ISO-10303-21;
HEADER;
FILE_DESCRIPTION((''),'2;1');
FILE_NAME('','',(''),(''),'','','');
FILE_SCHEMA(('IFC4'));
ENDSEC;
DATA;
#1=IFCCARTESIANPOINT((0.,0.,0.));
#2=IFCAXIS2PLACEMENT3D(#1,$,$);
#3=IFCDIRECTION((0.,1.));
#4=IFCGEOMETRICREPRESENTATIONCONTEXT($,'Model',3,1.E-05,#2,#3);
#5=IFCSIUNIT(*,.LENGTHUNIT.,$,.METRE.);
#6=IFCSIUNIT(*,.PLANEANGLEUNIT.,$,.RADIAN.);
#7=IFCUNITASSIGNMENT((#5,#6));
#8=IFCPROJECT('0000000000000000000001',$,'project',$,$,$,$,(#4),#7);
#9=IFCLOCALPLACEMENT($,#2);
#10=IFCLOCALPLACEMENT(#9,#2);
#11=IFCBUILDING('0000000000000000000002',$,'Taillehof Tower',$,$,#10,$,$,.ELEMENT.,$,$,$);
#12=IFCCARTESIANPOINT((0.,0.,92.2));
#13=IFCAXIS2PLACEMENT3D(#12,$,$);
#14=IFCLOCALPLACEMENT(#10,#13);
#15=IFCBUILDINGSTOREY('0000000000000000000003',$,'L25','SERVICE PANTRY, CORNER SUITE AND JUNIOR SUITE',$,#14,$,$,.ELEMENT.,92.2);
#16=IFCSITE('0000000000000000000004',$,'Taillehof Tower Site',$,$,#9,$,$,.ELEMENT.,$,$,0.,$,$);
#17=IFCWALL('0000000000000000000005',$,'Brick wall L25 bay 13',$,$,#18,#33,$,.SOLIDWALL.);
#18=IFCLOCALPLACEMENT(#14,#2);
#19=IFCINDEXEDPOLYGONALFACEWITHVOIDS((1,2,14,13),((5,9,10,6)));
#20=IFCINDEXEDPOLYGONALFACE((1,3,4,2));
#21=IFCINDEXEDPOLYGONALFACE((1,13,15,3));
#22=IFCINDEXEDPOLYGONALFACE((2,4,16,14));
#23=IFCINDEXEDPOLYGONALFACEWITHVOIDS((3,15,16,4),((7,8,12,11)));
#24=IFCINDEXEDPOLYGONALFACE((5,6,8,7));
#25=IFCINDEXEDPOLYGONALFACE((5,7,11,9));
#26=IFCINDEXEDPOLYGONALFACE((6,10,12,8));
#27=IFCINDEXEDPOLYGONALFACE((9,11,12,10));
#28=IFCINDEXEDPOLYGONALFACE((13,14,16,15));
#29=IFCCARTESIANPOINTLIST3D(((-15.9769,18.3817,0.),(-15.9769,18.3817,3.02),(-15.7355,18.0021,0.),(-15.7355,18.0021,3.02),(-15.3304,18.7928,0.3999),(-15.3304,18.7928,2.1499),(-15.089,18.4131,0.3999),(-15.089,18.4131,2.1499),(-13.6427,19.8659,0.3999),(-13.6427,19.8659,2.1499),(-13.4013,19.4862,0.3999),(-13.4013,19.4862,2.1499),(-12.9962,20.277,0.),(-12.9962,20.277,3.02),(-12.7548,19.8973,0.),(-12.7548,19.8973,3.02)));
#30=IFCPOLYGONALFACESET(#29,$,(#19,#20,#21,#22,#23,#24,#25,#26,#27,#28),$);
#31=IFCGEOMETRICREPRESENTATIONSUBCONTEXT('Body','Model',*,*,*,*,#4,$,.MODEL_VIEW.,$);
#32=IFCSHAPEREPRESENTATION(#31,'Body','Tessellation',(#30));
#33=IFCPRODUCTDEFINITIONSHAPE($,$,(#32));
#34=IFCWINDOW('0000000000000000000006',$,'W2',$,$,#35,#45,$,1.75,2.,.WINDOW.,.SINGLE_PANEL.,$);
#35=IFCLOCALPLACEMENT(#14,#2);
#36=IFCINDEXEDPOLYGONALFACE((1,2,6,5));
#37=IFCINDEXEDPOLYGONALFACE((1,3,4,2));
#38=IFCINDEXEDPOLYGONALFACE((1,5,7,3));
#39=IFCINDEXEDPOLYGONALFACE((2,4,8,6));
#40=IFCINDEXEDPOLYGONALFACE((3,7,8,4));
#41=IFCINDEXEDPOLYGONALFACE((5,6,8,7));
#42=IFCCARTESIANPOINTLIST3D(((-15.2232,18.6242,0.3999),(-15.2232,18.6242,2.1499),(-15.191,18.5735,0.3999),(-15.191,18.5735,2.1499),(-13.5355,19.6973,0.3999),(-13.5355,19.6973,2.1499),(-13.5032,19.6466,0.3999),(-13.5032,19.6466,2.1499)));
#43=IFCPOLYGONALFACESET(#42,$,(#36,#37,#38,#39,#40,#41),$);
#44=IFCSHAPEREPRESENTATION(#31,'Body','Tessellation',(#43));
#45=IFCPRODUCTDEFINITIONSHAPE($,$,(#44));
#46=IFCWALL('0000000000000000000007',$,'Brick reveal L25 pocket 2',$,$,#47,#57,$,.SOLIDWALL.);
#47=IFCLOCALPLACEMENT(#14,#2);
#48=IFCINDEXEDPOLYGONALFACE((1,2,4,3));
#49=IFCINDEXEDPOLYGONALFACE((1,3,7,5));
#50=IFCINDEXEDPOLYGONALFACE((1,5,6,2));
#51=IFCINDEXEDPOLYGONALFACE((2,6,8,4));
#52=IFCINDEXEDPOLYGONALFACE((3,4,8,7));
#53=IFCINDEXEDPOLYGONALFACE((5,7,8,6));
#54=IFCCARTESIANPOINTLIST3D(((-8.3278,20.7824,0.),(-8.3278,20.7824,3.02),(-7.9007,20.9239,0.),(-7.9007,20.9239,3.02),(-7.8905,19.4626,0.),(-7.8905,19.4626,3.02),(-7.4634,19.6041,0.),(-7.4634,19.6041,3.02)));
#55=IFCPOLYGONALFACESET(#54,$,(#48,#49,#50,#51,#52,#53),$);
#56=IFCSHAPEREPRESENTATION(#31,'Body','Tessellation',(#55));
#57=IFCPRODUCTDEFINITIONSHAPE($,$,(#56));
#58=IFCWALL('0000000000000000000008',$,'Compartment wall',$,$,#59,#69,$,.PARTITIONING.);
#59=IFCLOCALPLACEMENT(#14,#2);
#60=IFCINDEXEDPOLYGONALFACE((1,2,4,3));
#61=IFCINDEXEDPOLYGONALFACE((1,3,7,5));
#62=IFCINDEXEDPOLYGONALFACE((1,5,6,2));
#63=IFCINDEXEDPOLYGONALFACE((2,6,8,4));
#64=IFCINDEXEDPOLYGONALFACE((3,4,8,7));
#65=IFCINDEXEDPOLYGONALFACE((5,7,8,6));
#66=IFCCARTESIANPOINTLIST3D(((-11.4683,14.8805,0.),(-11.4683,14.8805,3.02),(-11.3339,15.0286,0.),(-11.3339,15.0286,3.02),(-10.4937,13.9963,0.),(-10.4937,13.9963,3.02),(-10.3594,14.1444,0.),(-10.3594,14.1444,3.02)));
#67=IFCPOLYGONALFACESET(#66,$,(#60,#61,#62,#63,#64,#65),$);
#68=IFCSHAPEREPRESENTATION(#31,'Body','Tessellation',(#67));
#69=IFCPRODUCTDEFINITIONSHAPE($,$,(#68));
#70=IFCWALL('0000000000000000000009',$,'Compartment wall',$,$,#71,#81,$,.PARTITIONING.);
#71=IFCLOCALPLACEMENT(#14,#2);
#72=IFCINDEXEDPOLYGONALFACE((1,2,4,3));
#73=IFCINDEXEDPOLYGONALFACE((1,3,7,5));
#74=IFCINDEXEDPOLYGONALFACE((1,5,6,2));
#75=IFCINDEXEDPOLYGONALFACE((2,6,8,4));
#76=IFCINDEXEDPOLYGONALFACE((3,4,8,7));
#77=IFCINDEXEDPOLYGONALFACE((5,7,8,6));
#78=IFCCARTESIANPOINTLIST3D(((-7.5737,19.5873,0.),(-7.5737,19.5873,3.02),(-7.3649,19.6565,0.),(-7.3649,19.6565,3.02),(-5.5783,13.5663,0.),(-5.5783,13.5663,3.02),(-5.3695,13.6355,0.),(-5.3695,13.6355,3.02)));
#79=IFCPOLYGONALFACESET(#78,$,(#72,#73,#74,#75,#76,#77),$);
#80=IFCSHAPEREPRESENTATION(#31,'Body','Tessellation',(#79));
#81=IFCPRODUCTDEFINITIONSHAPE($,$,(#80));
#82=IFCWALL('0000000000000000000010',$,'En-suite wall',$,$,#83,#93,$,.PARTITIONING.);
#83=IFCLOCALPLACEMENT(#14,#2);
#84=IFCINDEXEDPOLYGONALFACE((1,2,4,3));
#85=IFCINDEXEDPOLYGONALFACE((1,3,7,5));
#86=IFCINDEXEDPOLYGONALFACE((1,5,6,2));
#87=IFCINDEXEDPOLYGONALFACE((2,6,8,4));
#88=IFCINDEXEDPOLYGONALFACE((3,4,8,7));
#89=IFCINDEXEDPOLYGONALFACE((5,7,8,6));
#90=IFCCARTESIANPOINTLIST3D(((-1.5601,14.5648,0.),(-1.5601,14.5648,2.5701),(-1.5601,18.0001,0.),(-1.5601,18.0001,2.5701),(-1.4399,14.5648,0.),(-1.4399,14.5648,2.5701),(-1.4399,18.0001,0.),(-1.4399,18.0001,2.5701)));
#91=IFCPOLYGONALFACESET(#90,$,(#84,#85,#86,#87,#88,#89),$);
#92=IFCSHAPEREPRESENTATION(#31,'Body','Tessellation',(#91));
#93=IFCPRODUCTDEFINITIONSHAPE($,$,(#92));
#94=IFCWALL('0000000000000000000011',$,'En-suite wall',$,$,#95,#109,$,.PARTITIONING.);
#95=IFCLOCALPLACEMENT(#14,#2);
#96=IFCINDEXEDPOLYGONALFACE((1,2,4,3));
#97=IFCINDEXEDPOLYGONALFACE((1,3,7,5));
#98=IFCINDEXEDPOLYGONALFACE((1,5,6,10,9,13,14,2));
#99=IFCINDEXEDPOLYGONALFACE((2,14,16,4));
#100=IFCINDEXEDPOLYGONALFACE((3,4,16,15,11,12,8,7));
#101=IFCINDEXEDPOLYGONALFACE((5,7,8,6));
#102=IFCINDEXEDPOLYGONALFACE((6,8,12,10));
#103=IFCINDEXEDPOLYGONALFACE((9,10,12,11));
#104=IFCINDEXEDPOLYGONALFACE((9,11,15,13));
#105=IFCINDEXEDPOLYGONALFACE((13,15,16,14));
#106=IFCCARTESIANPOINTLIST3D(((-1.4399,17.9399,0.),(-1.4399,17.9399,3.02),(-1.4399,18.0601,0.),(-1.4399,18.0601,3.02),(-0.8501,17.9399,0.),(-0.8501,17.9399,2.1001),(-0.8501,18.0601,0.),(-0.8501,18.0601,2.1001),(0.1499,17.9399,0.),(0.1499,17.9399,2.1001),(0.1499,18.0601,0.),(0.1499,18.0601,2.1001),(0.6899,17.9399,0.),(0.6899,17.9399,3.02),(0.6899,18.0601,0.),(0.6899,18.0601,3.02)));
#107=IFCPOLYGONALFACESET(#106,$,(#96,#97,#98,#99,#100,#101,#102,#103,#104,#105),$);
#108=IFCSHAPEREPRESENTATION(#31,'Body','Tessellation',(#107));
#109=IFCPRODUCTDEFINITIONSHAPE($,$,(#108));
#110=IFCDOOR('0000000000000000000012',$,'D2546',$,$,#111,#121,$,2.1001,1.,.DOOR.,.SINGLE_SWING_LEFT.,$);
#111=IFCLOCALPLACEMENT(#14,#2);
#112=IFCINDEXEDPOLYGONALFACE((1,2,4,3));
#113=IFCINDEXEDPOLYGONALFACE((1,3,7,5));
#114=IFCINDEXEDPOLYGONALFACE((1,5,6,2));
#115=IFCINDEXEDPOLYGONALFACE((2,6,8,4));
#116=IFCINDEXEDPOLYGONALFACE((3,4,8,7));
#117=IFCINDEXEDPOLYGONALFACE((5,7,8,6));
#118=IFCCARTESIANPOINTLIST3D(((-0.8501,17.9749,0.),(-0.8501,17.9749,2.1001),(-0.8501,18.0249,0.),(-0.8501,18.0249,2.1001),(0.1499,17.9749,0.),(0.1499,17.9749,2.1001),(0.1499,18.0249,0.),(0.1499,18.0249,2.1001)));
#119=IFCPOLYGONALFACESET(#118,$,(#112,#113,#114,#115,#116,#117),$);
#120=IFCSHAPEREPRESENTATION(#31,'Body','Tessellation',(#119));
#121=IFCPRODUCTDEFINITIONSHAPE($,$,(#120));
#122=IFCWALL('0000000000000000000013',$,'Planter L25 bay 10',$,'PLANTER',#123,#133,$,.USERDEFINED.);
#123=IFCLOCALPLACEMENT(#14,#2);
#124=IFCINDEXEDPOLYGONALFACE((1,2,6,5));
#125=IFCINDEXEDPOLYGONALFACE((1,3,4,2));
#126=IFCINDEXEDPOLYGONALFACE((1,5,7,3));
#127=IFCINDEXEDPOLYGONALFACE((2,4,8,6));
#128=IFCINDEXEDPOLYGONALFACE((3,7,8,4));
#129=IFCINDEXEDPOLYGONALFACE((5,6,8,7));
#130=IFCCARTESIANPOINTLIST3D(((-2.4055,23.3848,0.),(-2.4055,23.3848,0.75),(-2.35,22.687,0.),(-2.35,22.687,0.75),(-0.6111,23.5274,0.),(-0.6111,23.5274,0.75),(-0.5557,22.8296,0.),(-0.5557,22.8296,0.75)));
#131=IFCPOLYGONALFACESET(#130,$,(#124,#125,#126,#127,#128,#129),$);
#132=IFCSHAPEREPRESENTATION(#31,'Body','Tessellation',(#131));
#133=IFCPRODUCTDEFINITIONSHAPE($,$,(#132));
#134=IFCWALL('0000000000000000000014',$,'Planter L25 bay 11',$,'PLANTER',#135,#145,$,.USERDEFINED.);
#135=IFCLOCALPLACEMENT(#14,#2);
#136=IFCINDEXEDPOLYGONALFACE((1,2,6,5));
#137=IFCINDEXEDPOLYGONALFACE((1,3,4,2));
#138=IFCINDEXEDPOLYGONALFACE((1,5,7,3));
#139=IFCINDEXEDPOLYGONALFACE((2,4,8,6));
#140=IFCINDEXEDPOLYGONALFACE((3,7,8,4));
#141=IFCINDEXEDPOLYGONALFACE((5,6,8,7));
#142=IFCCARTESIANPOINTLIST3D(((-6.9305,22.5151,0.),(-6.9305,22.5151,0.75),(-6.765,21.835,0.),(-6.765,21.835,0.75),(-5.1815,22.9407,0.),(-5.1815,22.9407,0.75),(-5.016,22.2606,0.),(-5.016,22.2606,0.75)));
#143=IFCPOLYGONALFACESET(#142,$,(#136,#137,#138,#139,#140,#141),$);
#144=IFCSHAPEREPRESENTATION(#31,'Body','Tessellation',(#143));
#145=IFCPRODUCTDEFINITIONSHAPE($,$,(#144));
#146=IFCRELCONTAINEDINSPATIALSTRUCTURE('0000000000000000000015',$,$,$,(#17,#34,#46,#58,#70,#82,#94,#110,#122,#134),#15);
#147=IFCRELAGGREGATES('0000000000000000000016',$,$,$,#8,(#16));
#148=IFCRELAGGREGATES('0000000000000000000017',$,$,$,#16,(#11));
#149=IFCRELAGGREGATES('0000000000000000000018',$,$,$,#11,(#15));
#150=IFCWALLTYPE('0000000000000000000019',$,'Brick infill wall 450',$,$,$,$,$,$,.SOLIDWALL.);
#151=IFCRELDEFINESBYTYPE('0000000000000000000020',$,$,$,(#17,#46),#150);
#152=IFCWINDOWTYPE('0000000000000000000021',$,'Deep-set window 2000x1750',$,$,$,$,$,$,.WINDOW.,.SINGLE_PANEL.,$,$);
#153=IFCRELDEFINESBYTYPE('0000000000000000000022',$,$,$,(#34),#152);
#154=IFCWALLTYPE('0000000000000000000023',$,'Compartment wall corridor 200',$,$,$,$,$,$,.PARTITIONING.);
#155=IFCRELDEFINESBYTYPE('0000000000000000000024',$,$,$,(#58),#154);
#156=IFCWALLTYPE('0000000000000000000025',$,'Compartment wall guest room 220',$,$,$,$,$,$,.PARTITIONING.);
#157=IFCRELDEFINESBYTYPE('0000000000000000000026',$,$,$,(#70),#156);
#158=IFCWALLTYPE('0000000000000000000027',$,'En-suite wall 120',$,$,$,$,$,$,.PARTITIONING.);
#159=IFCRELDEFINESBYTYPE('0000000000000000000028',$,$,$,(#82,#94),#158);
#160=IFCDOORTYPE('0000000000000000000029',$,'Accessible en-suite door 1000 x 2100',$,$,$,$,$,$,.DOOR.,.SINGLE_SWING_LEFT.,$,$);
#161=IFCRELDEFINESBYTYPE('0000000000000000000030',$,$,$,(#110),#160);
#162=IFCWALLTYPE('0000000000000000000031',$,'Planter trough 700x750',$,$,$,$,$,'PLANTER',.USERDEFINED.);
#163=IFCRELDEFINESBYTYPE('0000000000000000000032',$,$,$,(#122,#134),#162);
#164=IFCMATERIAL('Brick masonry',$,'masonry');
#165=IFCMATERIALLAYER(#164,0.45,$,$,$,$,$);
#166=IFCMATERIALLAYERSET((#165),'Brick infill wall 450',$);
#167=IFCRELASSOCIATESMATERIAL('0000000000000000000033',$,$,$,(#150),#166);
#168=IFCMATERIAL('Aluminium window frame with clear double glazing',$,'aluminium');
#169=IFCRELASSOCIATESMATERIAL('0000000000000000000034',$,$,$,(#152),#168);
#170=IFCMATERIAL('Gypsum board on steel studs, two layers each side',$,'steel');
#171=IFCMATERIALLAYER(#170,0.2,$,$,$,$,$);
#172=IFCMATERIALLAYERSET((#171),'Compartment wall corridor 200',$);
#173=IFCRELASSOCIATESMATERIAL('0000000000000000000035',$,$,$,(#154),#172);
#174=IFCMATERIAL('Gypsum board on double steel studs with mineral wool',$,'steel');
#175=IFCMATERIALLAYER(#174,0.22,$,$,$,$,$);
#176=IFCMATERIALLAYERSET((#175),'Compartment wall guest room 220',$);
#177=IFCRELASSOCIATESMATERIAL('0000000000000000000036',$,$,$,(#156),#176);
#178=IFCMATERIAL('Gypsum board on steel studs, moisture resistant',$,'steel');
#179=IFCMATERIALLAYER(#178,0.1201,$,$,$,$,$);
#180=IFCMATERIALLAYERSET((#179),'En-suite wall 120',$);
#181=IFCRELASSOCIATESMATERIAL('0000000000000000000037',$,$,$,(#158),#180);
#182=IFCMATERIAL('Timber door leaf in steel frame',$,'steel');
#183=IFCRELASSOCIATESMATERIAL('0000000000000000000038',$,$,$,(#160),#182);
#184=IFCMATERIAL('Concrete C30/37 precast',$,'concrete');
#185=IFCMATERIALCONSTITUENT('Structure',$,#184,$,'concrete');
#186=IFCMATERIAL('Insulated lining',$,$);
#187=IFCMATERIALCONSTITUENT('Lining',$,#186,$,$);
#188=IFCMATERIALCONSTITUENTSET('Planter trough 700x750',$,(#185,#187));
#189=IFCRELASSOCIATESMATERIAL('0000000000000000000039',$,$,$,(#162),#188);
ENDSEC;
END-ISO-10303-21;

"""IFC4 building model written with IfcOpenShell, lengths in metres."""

from ifc_helpers import new_model, si_unit, direction, frame, frame_2d, origin, place, context, subcontext, project, spatial, rectangle, extrude, material, layer, layer_set, constituent, constituent_set, type_object, element, fill, save


model = new_model("IFC4")

# Units and contexts
model_context = context("Model", 3, precision=1e-05, world=origin(), true_north=direction((0.0, 1.0)))
body_context = subcontext(model_context, "Body", "Model", "MODEL_VIEW")
ifc_project = project(units=[si_unit("LENGTHUNIT", "METRE"), si_unit("PLANEANGLEUNIT", "RADIAN")], contexts=[model_context])

# Site, building, storey
site_placement = place(None, origin())
site = spatial("IfcSite", under=ifc_project, at=site_placement, Name="Taillehof Tower Site", CompositionType="ELEMENT", RefElevation=0.0)
building_placement = place(site_placement, origin())
building = spatial("IfcBuilding", under=site, at=building_placement, Name="Taillehof Tower", CompositionType="ELEMENT")
storey_placement = place(building_placement, frame((0.0, 0.0, 92.2)))
storey = spatial("IfcBuildingStorey", under=building, at=storey_placement, Name="L25", Description="SERVICE PANTRY, CORNER SUITE AND JUNIOR SUITE", CompositionType="ELEMENT", Elevation=92.2)

# Wall, opening, window
ifc_material_1 = material(Name="Brick masonry", Category="masonry")
ifc_layer_1 = layer(ifc_material_1, 0.45)
ifc_layer_set_1 = layer_set([ifc_layer_1], Name="Brick infill wall 450")
wall_type_1 = type_object("IfcWallType", Name="Brick infill wall 450", PredefinedType="SOLIDWALL", material=ifc_layer_set_1)
ifc_material_2 = material(Name="Aluminium window frame with clear double glazing", Category="aluminium")
window_type_1 = type_object("IfcWindowType", Name="Deep-set window 2000x1750", PartitioningType="SINGLE_PANEL", PredefinedType="WINDOW", material=ifc_material_2)
wall_1_placement = place(storey_placement, frame((-12.8755, 20.0872, 0.0), z_axis=(0.0, 0.0, 1.0), x_axis=(-0.843861, -0.536562, 0.0)))
wall_1 = element("IfcWall", 1, at=wall_1_placement, inside=storey, type_object=wall_type_1, Name="Brick wall L25 bay 13", PredefinedType="SOLIDWALL", context=body_context, shape_type="SweptSolid", body=[
    extrude(rectangle(XDim=3.5322, YDim=0.45, at=frame_2d((1.7661, 0.0))), origin(), (0.0, 0.0, 1.0), 3.02),
])
opening_1_placement = place(wall_1_placement, frame((0.7661, 0.0, 0.3999)))
opening_1 = element("IfcOpeningElement", 2, at=opening_1_placement, cuts=wall_1, PredefinedType="OPENING", context=body_context, shape_type="SweptSolid", body=[
    extrude(rectangle(XDim=2.0, YDim=1.75, at=frame_2d((1.0, 0.875))), frame((0.0, 0.2349, 0.0), z_axis=(0.0, -1.0, 0.0), x_axis=(1.0, 0.0, 0.0)), (0.0, 0.0, 1.0), 0.47),
])
window_1_placement = place(opening_1_placement, origin())
window_1 = element("IfcWindow", 3, at=window_1_placement, inside=storey, type_object=window_type_1, Name="W2", OverallHeight=1.75, OverallWidth=2.0, PartitioningType="SINGLE_PANEL", PredefinedType="WINDOW", context=body_context, shape_type="SweptSolid", body=[
    extrude(rectangle(XDim=2.0, YDim=1.75, at=frame_2d((1.0, 0.875))), frame((0.0, 0.0349, 0.0), z_axis=(0.0, -1.0, 0.0), x_axis=(1.0, 0.0, 0.0)), (0.0, 0.0, 1.0), 0.0601),
])
fill(opening_1, window_1)

# Wall
wall_2_placement = place(storey_placement, frame((-8.1143, 20.8533, 0.0), z_axis=(0.0, 0.0, 1.0), x_axis=(0.314489, -0.949261, 0.0)))
element("IfcWall", 4, at=wall_2_placement, inside=storey, type_object=wall_type_1, Name="Brick reveal L25 pocket 2", PredefinedType="SOLIDWALL", context=body_context, shape_type="SweptSolid", body=[
    extrude(rectangle(XDim=1.3904, YDim=0.45, at=frame_2d((0.6953, 0.0))), origin(), (0.0, 0.0, 1.0), 3.02),
])

# Walls
ifc_material_3 = material(Name="Gypsum board on steel studs, two layers each side", Category="steel")
ifc_layer_2 = layer(ifc_material_3, 0.2)
ifc_layer_set_2 = layer_set([ifc_layer_2], Name="Compartment wall corridor 200")
wall_type_2 = type_object("IfcWallType", Name="Compartment wall corridor 200", PredefinedType="PARTITIONING", material=ifc_layer_set_2)
wall_3_placement = place(storey_placement, frame((-11.4011, 14.9546, 0.0), z_axis=(0.0, 0.0, 1.0), x_axis=(0.740594, -0.671952, 0.0)))
element("IfcWall", 5, at=wall_3_placement, inside=storey, type_object=wall_type_2, Name="Compartment wall", PredefinedType="PARTITIONING", context=body_context, shape_type="SweptSolid", body=[
    extrude(rectangle(XDim=1.3159, YDim=0.2, at=frame_2d((0.658, 0.0))), origin(), (0.0, 0.0, 1.0), 3.02),
])
ifc_material_4 = material(Name="Gypsum board on double steel studs with mineral wool", Category="steel")
ifc_layer_3 = layer(ifc_material_4, 0.22)
ifc_layer_set_3 = layer_set([ifc_layer_3], Name="Compartment wall guest room 220")
wall_type_3 = type_object("IfcWallType", Name="Compartment wall guest room 220", PredefinedType="PARTITIONING", material=ifc_layer_set_3)
wall_4_placement = place(storey_placement, frame((-7.4692, 19.6218, 0.0), z_axis=(0.0, 0.0, 1.0), x_axis=(0.314576, -0.949232, 0.0)))
element("IfcWall", 6, at=wall_4_placement, inside=storey, type_object=wall_type_3, Name="Compartment wall", PredefinedType="PARTITIONING", context=body_context, shape_type="SweptSolid", body=[
    extrude(rectangle(XDim=6.343, YDim=0.22, at=frame_2d((3.1714, 0.0))), origin(), (0.0, 0.0, 1.0), 3.02),
])
ifc_material_5 = material(Name="Gypsum board on steel studs, moisture resistant", Category="steel")
ifc_layer_4 = layer(ifc_material_5, 0.1201)
ifc_layer_set_4 = layer_set([ifc_layer_4], Name="En-suite wall 120")
wall_type_4 = type_object("IfcWallType", Name="En-suite wall 120", PredefinedType="PARTITIONING", material=ifc_layer_set_4)
wall_5_placement = place(storey_placement, frame((-1.5, 14.5647, 0.0), z_axis=(0.0, 0.0, 1.0), x_axis=(0.0, 1.0, 0.0)))
element("IfcWall", 7, at=wall_5_placement, inside=storey, type_object=wall_type_4, Name="En-suite wall", PredefinedType="PARTITIONING", context=body_context, shape_type="SweptSolid", body=[
    extrude(rectangle(XDim=3.4353, YDim=0.1201, at=frame_2d((1.7178, 0.0))), origin(), (0.0, 0.0, 1.0), 2.5701),
])

# Wall, opening, door
wall_6_placement = place(storey_placement, frame((-1.4399, 18.0, 0.0), z_axis=(0.0, 0.0, 1.0), x_axis=(1.0, 0.0, 0.0)))
wall_6 = element("IfcWall", 8, at=wall_6_placement, inside=storey, type_object=wall_type_4, Name="En-suite wall", PredefinedType="PARTITIONING", context=body_context, shape_type="SweptSolid", body=[
    extrude(rectangle(XDim=2.1299, YDim=0.1201, at=frame_2d((1.0649, 0.0))), origin(), (0.0, 0.0, 1.0), 3.02),
])
opening_2_placement = place(wall_6_placement, frame((0.5898, 0.0, 0.0)))
opening_2 = element("IfcOpeningElement", 9, at=opening_2_placement, cuts=wall_6, PredefinedType="OPENING", context=body_context, shape_type="SweptSolid", body=[
    extrude(rectangle(XDim=1.0, YDim=2.1001, at=frame_2d((0.5, 1.05))), frame((0.0, 0.0701, 0.0), z_axis=(0.0, -1.0, 0.0), x_axis=(1.0, 0.0, 0.0)), (0.0, 0.0, 1.0), 0.1401),
])
ifc_material_6 = material(Name="Timber door leaf in steel frame", Category="steel")
door_type_1 = type_object("IfcDoorType", Name="Accessible en-suite door 1000 x 2100", OperationType="SINGLE_SWING_LEFT", PredefinedType="DOOR", material=ifc_material_6)
door_1_placement = place(opening_2_placement, origin())
door_1 = element("IfcDoor", 10, at=door_1_placement, inside=storey, type_object=door_type_1, Name="D2546", OperationType="SINGLE_SWING_LEFT", OverallHeight=2.1001, OverallWidth=1.0, PredefinedType="DOOR", context=body_context, shape_type="SweptSolid", body=[
    extrude(rectangle(XDim=1.0, YDim=2.1001, at=frame_2d((0.5, 1.05))), frame((0.0, 0.0249, 0.0), z_axis=(0.0, -1.0, 0.0), x_axis=(1.0, 0.0, 0.0)), (0.0, 0.0, 1.0), 0.05),
])
fill(opening_2, door_1)

# Walls
ifc_material_7 = material(Name="Concrete C30/37 precast", Category="concrete")
ifc_constituent_1 = constituent(ifc_material_7, Name="Structure", Category="concrete")
ifc_material_8 = material(Name="Insulated lining")
ifc_constituent_2 = constituent(ifc_material_8, Name="Lining")
ifc_constituent_set = constituent_set(constituents=[ifc_constituent_1, ifc_constituent_2], Name="Planter trough 700x750")
wall_type_5 = type_object("IfcWallType", Name="Planter trough 700x750", ElementType="PLANTER", PredefinedType="USERDEFINED", material=ifc_constituent_set)
for number, where, z_axis, x_axis, name in (
    (11, (-0.5835, 23.1785, 0.0), (0.0, 0.0, 1.0), (-0.996858, -0.079206, 0.0), "Planter L25 bay 10"),
    (12, (-5.0989, 22.6006, 0.0), (0.0, 0.0, 1.0), (-0.971655, -0.236403, 0.0), "Planter L25 bay 11"),
):
    element("IfcWall", number, at=place(storey_placement, frame(where, z_axis=z_axis, x_axis=x_axis)), inside=storey, type_object=wall_type_5, Name=name, ObjectType="PLANTER", PredefinedType="USERDEFINED", context=body_context, shape_type="SweptSolid", body=[
        extrude(rectangle(XDim=1.8, YDim=0.7, at=frame_2d((0.8999, 0.0))), origin(), (0.0, 0.0, 1.0), 0.75),
    ])

save(model, "model.ifc")
